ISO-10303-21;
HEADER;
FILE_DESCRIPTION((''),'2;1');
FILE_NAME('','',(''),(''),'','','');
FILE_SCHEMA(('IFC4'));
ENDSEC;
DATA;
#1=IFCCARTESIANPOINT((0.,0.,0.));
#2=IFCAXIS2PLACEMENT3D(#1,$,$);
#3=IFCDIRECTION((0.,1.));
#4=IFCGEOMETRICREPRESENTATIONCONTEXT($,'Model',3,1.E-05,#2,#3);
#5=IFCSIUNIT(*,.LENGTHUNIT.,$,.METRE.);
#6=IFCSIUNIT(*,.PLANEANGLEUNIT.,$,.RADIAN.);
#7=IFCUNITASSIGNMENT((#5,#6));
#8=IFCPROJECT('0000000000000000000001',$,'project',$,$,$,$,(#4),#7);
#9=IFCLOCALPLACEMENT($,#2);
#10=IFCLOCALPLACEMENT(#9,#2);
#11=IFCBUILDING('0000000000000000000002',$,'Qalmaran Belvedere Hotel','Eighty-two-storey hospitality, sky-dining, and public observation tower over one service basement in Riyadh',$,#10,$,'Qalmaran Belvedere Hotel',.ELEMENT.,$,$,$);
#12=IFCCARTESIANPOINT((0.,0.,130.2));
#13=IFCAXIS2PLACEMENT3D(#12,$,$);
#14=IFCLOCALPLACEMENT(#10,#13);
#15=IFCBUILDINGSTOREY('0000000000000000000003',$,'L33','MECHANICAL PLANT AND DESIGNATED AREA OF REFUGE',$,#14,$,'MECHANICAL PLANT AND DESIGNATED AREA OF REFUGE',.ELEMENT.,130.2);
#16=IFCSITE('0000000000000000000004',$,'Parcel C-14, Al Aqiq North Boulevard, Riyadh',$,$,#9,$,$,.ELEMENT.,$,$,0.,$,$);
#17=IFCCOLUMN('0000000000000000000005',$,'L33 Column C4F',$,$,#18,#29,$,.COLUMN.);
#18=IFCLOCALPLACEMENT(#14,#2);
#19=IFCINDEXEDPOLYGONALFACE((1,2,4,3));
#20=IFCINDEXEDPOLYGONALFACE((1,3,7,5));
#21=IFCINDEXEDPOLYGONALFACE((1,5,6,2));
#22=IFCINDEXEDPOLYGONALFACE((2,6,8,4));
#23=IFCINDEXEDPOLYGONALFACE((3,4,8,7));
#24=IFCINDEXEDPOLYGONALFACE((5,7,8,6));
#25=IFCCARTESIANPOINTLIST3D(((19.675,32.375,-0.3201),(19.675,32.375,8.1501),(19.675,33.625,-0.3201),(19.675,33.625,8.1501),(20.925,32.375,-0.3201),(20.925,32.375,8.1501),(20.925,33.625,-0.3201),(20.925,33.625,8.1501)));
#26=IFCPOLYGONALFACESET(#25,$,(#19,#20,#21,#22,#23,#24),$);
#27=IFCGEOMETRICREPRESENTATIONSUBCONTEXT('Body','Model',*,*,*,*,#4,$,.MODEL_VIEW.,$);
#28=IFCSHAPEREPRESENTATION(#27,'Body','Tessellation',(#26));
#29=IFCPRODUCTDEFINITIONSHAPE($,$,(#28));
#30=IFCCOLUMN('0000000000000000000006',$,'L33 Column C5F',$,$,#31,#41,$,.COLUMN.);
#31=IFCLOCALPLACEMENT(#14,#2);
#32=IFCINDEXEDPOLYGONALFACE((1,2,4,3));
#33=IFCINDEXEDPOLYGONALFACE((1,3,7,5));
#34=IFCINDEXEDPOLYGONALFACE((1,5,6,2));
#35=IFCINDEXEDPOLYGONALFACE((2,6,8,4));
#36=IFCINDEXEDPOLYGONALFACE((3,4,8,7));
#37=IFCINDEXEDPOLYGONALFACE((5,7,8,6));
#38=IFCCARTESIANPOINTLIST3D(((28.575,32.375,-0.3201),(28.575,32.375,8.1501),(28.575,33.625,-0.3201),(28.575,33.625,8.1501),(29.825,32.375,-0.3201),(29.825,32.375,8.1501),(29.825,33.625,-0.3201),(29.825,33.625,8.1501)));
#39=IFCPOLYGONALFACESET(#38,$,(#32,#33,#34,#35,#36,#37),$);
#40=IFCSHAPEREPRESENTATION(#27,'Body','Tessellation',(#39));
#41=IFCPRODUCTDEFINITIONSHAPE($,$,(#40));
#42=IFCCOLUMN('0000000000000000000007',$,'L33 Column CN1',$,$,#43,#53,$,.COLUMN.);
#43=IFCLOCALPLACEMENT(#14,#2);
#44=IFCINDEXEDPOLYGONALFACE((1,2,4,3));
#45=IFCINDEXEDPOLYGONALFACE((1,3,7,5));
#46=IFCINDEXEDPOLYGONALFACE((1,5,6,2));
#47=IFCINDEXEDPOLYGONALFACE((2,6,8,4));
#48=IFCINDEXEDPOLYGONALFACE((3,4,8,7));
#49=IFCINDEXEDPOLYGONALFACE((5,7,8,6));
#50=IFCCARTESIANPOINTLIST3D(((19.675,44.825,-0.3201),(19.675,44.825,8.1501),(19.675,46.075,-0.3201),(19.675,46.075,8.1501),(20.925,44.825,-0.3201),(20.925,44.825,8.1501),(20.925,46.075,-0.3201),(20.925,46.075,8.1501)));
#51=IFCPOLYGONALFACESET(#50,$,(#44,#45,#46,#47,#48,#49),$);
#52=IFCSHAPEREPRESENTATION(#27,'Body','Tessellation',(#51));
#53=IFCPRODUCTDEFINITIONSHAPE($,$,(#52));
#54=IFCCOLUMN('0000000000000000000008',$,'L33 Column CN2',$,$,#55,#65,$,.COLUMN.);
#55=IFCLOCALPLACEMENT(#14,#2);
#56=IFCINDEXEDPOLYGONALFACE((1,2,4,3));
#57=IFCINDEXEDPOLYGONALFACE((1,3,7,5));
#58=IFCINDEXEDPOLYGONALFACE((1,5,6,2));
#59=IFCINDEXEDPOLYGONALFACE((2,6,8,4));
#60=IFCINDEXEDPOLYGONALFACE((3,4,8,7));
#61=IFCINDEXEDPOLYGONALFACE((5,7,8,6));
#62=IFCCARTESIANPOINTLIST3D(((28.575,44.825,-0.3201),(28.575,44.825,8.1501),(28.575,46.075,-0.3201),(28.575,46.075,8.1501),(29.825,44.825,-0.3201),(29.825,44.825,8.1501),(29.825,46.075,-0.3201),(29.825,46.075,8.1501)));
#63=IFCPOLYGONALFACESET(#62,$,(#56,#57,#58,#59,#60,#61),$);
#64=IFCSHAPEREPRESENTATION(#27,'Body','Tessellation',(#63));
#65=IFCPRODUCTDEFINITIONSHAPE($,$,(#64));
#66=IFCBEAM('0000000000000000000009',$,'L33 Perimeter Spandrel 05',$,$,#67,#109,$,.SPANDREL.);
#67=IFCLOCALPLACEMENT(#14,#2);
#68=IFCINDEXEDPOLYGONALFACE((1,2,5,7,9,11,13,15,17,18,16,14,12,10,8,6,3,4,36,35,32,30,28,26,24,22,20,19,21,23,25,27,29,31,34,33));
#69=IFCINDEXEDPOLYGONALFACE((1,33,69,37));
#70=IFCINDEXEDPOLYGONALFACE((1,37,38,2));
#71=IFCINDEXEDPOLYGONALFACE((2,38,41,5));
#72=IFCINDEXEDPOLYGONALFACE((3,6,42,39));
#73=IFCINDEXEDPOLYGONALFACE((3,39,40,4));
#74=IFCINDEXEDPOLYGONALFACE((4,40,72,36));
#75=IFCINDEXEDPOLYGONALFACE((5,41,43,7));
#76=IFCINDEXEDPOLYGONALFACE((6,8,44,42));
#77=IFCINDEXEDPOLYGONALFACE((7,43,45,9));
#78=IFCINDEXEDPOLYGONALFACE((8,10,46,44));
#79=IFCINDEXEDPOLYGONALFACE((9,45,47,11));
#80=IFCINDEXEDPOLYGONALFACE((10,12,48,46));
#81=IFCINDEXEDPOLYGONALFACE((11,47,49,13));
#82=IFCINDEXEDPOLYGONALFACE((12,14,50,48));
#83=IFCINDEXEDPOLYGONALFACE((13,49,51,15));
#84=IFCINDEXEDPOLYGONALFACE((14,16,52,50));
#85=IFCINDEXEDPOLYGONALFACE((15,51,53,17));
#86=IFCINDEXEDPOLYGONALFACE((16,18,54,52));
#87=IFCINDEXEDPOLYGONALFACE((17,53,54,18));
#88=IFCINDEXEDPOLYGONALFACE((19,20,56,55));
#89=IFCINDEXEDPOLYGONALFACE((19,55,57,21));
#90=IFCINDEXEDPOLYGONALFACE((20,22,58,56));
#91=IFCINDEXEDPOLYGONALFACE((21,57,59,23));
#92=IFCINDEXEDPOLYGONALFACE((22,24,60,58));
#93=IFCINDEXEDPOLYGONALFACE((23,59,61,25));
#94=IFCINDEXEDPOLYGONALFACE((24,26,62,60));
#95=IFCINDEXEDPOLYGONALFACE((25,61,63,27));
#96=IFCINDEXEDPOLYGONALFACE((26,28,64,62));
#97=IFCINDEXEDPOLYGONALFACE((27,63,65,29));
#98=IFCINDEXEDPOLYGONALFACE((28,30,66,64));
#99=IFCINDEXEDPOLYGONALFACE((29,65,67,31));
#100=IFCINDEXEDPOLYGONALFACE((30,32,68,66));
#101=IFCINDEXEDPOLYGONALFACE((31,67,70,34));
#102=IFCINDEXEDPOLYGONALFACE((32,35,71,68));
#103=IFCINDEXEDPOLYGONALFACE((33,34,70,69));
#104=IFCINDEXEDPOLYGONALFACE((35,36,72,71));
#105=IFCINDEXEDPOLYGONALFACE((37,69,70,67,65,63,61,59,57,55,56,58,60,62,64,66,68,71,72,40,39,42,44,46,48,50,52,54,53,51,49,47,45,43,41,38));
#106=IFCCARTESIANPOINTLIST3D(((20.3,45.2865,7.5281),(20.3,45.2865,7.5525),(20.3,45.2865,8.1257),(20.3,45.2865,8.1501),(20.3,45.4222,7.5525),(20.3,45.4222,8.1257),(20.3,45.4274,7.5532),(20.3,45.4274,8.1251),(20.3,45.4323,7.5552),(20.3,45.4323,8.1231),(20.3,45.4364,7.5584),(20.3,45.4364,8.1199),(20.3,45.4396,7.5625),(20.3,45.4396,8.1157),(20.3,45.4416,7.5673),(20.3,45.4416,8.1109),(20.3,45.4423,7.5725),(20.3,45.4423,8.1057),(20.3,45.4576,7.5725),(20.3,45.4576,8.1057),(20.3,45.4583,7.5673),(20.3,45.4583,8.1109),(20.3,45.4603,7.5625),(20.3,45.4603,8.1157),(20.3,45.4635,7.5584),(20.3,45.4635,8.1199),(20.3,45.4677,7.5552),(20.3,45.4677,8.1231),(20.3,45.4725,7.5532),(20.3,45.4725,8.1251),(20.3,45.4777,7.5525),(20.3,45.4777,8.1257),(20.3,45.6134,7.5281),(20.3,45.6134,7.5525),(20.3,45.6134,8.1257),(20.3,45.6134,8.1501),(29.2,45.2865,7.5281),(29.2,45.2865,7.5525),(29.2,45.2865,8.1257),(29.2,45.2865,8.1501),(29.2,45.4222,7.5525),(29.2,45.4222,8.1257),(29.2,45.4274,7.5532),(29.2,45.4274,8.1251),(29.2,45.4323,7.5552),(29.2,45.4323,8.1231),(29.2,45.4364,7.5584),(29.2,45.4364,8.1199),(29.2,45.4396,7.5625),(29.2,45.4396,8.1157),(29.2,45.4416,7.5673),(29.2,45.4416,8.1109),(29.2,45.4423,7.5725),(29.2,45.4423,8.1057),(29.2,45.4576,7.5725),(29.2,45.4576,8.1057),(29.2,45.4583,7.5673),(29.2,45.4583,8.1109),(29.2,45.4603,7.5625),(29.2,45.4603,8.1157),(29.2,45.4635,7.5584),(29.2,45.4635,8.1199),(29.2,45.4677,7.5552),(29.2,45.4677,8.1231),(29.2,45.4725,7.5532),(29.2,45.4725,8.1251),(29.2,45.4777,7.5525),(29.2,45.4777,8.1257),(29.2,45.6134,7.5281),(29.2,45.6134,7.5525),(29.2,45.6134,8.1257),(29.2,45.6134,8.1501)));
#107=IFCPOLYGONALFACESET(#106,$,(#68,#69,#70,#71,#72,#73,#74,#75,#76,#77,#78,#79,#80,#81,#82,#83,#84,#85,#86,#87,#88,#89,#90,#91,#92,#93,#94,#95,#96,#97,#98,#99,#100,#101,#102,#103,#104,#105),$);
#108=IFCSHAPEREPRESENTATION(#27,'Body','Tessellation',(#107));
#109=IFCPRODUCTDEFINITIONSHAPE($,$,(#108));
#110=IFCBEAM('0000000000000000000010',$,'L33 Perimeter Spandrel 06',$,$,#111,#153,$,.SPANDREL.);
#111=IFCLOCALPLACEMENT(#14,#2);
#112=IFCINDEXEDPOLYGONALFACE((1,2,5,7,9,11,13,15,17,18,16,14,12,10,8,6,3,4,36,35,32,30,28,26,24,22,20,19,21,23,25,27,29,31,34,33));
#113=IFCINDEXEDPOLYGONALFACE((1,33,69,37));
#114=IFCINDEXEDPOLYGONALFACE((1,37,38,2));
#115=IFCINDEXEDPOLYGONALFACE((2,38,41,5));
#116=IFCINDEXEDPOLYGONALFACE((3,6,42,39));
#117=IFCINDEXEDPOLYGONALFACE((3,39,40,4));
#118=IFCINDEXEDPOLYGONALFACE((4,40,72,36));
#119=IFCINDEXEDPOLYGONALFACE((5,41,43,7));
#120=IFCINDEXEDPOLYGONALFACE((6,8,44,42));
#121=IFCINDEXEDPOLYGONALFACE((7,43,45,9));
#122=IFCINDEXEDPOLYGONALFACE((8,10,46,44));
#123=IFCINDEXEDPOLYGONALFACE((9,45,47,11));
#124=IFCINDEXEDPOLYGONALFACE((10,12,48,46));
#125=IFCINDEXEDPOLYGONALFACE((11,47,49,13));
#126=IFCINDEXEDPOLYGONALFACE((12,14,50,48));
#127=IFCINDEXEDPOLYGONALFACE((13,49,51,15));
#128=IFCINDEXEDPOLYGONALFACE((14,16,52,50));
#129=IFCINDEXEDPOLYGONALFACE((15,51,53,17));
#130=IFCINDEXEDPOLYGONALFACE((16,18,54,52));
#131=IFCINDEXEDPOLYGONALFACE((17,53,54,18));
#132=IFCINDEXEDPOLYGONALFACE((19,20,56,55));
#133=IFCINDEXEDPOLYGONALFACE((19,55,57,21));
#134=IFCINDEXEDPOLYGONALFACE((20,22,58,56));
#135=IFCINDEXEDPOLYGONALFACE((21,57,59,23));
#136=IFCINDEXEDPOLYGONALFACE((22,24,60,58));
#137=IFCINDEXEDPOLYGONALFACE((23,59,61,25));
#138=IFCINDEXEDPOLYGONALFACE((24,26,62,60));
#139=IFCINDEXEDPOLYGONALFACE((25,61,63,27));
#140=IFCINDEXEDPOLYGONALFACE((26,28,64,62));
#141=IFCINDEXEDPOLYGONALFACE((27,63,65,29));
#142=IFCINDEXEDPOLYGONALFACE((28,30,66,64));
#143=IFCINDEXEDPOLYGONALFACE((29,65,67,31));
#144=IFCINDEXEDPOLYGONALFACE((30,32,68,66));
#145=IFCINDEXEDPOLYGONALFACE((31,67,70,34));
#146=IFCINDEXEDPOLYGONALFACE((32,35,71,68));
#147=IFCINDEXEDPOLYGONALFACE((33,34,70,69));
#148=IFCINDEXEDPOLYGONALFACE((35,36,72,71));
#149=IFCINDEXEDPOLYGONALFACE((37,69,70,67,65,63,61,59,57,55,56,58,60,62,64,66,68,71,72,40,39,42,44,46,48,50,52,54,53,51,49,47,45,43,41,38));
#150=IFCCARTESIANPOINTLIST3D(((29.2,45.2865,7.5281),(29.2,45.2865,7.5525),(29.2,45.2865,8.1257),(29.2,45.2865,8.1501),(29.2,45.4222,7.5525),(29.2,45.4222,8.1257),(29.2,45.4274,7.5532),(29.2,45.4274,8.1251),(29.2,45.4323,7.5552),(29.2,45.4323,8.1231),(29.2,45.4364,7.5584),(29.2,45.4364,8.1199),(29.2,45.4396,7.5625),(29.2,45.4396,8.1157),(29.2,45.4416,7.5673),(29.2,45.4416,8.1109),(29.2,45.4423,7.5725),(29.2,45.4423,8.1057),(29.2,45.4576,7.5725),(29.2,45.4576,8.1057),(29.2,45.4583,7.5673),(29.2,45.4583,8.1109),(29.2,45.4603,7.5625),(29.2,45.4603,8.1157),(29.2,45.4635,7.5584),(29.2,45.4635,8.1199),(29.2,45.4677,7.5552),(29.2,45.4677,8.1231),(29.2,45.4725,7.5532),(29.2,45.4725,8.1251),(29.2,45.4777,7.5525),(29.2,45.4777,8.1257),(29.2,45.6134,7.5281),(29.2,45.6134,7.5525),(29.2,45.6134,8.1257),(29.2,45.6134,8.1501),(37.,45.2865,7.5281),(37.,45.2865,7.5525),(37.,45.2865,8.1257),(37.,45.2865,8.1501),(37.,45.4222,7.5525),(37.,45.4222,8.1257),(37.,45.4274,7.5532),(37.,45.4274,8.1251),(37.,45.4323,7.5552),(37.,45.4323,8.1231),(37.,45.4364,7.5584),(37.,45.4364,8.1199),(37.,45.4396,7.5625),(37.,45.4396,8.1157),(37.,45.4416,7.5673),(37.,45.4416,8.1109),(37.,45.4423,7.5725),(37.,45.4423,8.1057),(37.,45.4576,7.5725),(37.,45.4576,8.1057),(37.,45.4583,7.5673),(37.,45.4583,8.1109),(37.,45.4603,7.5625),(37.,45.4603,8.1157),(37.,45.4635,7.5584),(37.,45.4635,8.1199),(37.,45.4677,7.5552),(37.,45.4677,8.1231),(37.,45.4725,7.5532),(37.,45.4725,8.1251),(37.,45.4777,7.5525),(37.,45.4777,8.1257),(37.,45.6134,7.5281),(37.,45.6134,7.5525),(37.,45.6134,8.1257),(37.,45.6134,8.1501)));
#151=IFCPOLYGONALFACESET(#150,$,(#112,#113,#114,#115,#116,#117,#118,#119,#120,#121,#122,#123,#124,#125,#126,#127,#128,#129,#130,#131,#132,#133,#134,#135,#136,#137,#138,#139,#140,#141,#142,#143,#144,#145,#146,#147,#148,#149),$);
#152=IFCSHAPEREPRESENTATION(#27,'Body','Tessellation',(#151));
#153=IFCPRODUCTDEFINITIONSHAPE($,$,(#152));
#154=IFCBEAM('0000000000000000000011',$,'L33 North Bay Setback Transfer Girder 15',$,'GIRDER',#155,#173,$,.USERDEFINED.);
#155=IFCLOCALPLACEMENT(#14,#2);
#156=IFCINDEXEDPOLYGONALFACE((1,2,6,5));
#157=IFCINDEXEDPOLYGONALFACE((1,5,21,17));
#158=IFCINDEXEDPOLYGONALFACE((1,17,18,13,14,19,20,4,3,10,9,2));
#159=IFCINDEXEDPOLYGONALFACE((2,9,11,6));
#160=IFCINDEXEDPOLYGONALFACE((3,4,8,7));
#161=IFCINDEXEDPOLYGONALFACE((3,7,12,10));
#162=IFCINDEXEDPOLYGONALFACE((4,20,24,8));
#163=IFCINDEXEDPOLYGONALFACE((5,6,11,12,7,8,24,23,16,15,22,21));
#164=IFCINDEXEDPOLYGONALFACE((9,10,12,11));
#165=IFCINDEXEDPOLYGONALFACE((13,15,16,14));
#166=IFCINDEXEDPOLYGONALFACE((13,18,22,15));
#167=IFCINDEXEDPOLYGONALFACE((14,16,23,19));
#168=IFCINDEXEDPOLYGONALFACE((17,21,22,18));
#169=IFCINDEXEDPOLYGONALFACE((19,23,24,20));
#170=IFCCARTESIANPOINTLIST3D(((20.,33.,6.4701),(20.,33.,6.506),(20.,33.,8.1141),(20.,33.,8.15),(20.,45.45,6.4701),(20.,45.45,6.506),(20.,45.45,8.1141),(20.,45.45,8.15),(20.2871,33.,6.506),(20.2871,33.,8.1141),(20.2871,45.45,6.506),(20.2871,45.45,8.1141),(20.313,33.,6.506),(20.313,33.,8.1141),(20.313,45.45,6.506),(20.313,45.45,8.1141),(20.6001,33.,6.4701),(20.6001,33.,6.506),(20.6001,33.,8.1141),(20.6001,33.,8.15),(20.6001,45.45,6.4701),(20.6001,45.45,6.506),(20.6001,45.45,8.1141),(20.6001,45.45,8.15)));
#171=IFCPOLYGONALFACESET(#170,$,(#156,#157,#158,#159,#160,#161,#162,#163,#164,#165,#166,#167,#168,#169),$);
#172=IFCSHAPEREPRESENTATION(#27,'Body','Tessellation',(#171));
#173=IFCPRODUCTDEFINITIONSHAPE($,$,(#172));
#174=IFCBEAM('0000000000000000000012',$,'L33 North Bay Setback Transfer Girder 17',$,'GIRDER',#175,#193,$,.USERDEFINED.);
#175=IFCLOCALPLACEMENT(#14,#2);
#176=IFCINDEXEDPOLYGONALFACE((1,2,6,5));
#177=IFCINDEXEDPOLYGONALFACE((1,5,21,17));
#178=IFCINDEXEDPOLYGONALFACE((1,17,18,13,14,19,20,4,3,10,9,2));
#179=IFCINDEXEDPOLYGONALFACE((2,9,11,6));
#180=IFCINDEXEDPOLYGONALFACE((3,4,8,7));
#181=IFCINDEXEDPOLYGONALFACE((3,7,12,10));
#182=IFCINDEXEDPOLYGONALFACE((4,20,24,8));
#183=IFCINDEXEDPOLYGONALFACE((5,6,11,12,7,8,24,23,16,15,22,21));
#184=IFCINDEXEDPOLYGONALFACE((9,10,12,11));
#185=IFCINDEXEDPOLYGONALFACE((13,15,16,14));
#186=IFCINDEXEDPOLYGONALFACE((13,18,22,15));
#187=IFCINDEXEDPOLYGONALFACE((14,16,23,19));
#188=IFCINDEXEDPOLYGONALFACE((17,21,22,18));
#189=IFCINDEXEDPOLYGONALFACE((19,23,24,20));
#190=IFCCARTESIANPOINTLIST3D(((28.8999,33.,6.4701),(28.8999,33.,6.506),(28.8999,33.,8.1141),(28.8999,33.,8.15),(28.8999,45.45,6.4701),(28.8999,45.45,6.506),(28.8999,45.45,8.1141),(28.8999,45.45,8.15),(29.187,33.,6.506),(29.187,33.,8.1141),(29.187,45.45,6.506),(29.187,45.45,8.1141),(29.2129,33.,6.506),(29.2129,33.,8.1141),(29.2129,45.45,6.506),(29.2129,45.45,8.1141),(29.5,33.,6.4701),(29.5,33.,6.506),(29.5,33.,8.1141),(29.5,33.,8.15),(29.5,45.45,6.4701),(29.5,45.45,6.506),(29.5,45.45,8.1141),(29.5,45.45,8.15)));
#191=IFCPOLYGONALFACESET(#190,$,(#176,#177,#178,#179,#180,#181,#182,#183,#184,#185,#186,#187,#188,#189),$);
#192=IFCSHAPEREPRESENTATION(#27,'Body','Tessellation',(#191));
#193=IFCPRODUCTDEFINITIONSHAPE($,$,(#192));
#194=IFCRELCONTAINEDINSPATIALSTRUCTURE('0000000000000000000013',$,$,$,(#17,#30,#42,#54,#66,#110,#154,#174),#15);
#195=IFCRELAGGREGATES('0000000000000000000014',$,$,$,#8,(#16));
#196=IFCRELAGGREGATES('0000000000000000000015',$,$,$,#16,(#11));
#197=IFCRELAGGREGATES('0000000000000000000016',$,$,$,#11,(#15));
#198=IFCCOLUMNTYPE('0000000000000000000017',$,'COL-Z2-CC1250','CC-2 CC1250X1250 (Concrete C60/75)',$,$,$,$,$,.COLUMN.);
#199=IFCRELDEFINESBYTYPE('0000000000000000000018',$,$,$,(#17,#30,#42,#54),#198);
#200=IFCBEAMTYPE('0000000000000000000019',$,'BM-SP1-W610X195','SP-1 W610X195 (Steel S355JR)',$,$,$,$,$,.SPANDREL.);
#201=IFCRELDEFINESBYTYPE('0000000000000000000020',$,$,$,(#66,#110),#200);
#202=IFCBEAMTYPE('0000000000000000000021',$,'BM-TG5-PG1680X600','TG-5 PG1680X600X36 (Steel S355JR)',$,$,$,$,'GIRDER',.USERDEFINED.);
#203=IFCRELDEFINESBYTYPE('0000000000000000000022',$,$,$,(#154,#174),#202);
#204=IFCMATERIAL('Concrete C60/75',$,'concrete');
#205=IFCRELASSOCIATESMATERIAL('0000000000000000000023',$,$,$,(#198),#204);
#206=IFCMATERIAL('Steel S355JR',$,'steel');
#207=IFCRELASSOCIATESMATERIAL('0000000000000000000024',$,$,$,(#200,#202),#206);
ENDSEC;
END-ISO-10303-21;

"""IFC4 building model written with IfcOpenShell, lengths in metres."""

from ifc_helpers import new_model, si_unit, direction, frame, origin, origin_2d, place, context, subcontext, project, spatial, rectangle, i_section, extrude, material, material_profile, profile_set, type_object, element, save


model = new_model("IFC4")

# Units and contexts
model_context = context("Model", 3, precision=1e-05, world=origin(), true_north=direction((0.0, 1.0)))
body_context = subcontext(model_context, "Body", "Model", "MODEL_VIEW")
ifc_project = project(units=[si_unit("LENGTHUNIT", "METRE"), si_unit("PLANEANGLEUNIT", "RADIAN")], contexts=[model_context])

# Site, building, storey
site_placement = place(None, origin())
site = spatial("IfcSite", under=ifc_project, at=site_placement, Name="Parcel C-14, Al Aqiq North Boulevard, Riyadh", CompositionType="ELEMENT", RefElevation=0.0)
building_placement = place(site_placement, origin())
building = spatial("IfcBuilding", under=site, at=building_placement, Name="Qalmaran Belvedere Hotel", Description="Eighty-two-storey hospitality, sky-dining, and public observation tower over one service basement in Riyadh", LongName="Qalmaran Belvedere Hotel", CompositionType="ELEMENT")
storey_placement = place(building_placement, frame((0.0, 0.0, 130.2)))
storey = spatial("IfcBuildingStorey", under=building, at=storey_placement, Name="L33", Description="MECHANICAL PLANT AND DESIGNATED AREA OF REFUGE", LongName="MECHANICAL PLANT AND DESIGNATED AREA OF REFUGE", CompositionType="ELEMENT", Elevation=130.2)

# Columns
ifc_material_1 = material(Name="Concrete C60/75", Category="concrete")
ifc_material_profile_1 = material_profile(ifc_material_1, rectangle(XDim=1.25, YDim=1.25, at=origin_2d()), Name="CC1250X1250")
ifc_profile_set_1 = profile_set([ifc_material_profile_1], Name="Concrete C60/75")
column_type = type_object("IfcColumnType", Name="COL-Z2-CC1250", Description="CC-2 CC1250X1250 (Concrete C60/75)", PredefinedType="COLUMN", material=ifc_profile_set_1)
for number, where, z_axis, x_axis, name in (
    (1, (20.3, 33.0, -0.3201), (0.0, 0.0, 1.0), (1.0, 0.0, 0.0), "L33 Column C4F"),
    (2, (29.2, 33.0, -0.3201), (0.0, 0.0, 1.0), (1.0, 0.0, 0.0), "L33 Column C5F"),
    (3, (20.3, 45.45, -0.3201), (0.0, 0.0, 1.0), (1.0, 0.0, 0.0), "L33 Column CN1"),
    (4, (29.2, 45.45, -0.3201), (0.0, 0.0, 1.0), (1.0, 0.0, 0.0), "L33 Column CN2"),
):
    element("IfcColumn", number, at=place(storey_placement, frame(where, z_axis=z_axis, x_axis=x_axis)), inside=storey, type_object=column_type, Name=name, PredefinedType="COLUMN", context=body_context, shape_type="SweptSolid", body=[
        extrude(rectangle(XDim=1.25, YDim=1.25, at=origin_2d()), origin(), (0.0, 0.0, 1.0), 8.4702),
    ])

# Beams
ifc_material_2 = material(Name="Steel S355JR", Category="steel")
ifc_material_profile_2 = material_profile(ifc_material_2, i_section(OverallWidth=0.3269, OverallDepth=0.6221, WebThickness=0.0154, FlangeThickness=0.0244, FilletRadius=0.02, at=origin_2d()), Name="W610X195")
ifc_profile_set_2 = profile_set([ifc_material_profile_2], Name="Steel S355JR")
beam_type_1 = type_object("IfcBeamType", Name="BM-SP1-W610X195", Description="SP-1 W610X195 (Steel S355JR)", PredefinedType="SPANDREL", material=ifc_profile_set_2)
beam_1_placement = place(storey_placement, frame((20.3, 45.45, 7.8391), z_axis=(1.0, 0.0, 0.0), x_axis=(0.0, 1.0, 0.0)))
element("IfcBeam", 5, at=beam_1_placement, inside=storey, type_object=beam_type_1, Name="L33 Perimeter Spandrel 05", PredefinedType="SPANDREL", context=body_context, shape_type="SweptSolid", body=[
    extrude(i_section(OverallWidth=0.3269, OverallDepth=0.6221, WebThickness=0.0154, FlangeThickness=0.0244, FilletRadius=0.02, at=origin_2d()), origin(), (0.0, 0.0, 1.0), 8.8999),
])
beam_2_placement = place(storey_placement, frame((29.2, 45.45, 7.8391), z_axis=(1.0, 0.0, 0.0), x_axis=(0.0, 1.0, 0.0)))
element("IfcBeam", 6, at=beam_2_placement, inside=storey, type_object=beam_type_1, Name="L33 Perimeter Spandrel 06", PredefinedType="SPANDREL", context=body_context, shape_type="SweptSolid", body=[
    extrude(i_section(OverallWidth=0.3269, OverallDepth=0.6221, WebThickness=0.0154, FlangeThickness=0.0244, FilletRadius=0.02, at=origin_2d()), origin(), (0.0, 0.0, 1.0), 7.8),
])
ifc_material_profile_3 = material_profile(ifc_material_2, i_section(OverallWidth=0.6001, OverallDepth=1.6799, WebThickness=0.0259, FlangeThickness=0.0359, at=origin_2d()), Name="PG1680X600X36")
ifc_profile_set_3 = profile_set([ifc_material_profile_3], Name="Steel S355JR")
beam_type_2 = type_object("IfcBeamType", Name="BM-TG5-PG1680X600", Description="TG-5 PG1680X600X36 (Steel S355JR)", ElementType="GIRDER", PredefinedType="USERDEFINED", material=ifc_profile_set_3)
for number, where, z_axis, x_axis, name in (
    (7, (20.3, 33.0, 7.3101), (0.0, 1.0, 0.0), (-1.0, 0.0, 0.0), "L33 North Bay Setback Transfer Girder 15"),
    (8, (29.2, 33.0, 7.3101), (0.0, 1.0, 0.0), (-1.0, 0.0, 0.0), "L33 North Bay Setback Transfer Girder 17"),
):
    element("IfcBeam", number, at=place(storey_placement, frame(where, z_axis=z_axis, x_axis=x_axis)), inside=storey, type_object=beam_type_2, Name=name, ObjectType="GIRDER", PredefinedType="USERDEFINED", context=body_context, shape_type="SweptSolid", body=[
        extrude(i_section(OverallWidth=0.6001, OverallDepth=1.6799, WebThickness=0.0259, FlangeThickness=0.0359, at=origin_2d()), origin(), (0.0, 0.0, 1.0), 12.45),
    ])

save(model, "model.ifc")
